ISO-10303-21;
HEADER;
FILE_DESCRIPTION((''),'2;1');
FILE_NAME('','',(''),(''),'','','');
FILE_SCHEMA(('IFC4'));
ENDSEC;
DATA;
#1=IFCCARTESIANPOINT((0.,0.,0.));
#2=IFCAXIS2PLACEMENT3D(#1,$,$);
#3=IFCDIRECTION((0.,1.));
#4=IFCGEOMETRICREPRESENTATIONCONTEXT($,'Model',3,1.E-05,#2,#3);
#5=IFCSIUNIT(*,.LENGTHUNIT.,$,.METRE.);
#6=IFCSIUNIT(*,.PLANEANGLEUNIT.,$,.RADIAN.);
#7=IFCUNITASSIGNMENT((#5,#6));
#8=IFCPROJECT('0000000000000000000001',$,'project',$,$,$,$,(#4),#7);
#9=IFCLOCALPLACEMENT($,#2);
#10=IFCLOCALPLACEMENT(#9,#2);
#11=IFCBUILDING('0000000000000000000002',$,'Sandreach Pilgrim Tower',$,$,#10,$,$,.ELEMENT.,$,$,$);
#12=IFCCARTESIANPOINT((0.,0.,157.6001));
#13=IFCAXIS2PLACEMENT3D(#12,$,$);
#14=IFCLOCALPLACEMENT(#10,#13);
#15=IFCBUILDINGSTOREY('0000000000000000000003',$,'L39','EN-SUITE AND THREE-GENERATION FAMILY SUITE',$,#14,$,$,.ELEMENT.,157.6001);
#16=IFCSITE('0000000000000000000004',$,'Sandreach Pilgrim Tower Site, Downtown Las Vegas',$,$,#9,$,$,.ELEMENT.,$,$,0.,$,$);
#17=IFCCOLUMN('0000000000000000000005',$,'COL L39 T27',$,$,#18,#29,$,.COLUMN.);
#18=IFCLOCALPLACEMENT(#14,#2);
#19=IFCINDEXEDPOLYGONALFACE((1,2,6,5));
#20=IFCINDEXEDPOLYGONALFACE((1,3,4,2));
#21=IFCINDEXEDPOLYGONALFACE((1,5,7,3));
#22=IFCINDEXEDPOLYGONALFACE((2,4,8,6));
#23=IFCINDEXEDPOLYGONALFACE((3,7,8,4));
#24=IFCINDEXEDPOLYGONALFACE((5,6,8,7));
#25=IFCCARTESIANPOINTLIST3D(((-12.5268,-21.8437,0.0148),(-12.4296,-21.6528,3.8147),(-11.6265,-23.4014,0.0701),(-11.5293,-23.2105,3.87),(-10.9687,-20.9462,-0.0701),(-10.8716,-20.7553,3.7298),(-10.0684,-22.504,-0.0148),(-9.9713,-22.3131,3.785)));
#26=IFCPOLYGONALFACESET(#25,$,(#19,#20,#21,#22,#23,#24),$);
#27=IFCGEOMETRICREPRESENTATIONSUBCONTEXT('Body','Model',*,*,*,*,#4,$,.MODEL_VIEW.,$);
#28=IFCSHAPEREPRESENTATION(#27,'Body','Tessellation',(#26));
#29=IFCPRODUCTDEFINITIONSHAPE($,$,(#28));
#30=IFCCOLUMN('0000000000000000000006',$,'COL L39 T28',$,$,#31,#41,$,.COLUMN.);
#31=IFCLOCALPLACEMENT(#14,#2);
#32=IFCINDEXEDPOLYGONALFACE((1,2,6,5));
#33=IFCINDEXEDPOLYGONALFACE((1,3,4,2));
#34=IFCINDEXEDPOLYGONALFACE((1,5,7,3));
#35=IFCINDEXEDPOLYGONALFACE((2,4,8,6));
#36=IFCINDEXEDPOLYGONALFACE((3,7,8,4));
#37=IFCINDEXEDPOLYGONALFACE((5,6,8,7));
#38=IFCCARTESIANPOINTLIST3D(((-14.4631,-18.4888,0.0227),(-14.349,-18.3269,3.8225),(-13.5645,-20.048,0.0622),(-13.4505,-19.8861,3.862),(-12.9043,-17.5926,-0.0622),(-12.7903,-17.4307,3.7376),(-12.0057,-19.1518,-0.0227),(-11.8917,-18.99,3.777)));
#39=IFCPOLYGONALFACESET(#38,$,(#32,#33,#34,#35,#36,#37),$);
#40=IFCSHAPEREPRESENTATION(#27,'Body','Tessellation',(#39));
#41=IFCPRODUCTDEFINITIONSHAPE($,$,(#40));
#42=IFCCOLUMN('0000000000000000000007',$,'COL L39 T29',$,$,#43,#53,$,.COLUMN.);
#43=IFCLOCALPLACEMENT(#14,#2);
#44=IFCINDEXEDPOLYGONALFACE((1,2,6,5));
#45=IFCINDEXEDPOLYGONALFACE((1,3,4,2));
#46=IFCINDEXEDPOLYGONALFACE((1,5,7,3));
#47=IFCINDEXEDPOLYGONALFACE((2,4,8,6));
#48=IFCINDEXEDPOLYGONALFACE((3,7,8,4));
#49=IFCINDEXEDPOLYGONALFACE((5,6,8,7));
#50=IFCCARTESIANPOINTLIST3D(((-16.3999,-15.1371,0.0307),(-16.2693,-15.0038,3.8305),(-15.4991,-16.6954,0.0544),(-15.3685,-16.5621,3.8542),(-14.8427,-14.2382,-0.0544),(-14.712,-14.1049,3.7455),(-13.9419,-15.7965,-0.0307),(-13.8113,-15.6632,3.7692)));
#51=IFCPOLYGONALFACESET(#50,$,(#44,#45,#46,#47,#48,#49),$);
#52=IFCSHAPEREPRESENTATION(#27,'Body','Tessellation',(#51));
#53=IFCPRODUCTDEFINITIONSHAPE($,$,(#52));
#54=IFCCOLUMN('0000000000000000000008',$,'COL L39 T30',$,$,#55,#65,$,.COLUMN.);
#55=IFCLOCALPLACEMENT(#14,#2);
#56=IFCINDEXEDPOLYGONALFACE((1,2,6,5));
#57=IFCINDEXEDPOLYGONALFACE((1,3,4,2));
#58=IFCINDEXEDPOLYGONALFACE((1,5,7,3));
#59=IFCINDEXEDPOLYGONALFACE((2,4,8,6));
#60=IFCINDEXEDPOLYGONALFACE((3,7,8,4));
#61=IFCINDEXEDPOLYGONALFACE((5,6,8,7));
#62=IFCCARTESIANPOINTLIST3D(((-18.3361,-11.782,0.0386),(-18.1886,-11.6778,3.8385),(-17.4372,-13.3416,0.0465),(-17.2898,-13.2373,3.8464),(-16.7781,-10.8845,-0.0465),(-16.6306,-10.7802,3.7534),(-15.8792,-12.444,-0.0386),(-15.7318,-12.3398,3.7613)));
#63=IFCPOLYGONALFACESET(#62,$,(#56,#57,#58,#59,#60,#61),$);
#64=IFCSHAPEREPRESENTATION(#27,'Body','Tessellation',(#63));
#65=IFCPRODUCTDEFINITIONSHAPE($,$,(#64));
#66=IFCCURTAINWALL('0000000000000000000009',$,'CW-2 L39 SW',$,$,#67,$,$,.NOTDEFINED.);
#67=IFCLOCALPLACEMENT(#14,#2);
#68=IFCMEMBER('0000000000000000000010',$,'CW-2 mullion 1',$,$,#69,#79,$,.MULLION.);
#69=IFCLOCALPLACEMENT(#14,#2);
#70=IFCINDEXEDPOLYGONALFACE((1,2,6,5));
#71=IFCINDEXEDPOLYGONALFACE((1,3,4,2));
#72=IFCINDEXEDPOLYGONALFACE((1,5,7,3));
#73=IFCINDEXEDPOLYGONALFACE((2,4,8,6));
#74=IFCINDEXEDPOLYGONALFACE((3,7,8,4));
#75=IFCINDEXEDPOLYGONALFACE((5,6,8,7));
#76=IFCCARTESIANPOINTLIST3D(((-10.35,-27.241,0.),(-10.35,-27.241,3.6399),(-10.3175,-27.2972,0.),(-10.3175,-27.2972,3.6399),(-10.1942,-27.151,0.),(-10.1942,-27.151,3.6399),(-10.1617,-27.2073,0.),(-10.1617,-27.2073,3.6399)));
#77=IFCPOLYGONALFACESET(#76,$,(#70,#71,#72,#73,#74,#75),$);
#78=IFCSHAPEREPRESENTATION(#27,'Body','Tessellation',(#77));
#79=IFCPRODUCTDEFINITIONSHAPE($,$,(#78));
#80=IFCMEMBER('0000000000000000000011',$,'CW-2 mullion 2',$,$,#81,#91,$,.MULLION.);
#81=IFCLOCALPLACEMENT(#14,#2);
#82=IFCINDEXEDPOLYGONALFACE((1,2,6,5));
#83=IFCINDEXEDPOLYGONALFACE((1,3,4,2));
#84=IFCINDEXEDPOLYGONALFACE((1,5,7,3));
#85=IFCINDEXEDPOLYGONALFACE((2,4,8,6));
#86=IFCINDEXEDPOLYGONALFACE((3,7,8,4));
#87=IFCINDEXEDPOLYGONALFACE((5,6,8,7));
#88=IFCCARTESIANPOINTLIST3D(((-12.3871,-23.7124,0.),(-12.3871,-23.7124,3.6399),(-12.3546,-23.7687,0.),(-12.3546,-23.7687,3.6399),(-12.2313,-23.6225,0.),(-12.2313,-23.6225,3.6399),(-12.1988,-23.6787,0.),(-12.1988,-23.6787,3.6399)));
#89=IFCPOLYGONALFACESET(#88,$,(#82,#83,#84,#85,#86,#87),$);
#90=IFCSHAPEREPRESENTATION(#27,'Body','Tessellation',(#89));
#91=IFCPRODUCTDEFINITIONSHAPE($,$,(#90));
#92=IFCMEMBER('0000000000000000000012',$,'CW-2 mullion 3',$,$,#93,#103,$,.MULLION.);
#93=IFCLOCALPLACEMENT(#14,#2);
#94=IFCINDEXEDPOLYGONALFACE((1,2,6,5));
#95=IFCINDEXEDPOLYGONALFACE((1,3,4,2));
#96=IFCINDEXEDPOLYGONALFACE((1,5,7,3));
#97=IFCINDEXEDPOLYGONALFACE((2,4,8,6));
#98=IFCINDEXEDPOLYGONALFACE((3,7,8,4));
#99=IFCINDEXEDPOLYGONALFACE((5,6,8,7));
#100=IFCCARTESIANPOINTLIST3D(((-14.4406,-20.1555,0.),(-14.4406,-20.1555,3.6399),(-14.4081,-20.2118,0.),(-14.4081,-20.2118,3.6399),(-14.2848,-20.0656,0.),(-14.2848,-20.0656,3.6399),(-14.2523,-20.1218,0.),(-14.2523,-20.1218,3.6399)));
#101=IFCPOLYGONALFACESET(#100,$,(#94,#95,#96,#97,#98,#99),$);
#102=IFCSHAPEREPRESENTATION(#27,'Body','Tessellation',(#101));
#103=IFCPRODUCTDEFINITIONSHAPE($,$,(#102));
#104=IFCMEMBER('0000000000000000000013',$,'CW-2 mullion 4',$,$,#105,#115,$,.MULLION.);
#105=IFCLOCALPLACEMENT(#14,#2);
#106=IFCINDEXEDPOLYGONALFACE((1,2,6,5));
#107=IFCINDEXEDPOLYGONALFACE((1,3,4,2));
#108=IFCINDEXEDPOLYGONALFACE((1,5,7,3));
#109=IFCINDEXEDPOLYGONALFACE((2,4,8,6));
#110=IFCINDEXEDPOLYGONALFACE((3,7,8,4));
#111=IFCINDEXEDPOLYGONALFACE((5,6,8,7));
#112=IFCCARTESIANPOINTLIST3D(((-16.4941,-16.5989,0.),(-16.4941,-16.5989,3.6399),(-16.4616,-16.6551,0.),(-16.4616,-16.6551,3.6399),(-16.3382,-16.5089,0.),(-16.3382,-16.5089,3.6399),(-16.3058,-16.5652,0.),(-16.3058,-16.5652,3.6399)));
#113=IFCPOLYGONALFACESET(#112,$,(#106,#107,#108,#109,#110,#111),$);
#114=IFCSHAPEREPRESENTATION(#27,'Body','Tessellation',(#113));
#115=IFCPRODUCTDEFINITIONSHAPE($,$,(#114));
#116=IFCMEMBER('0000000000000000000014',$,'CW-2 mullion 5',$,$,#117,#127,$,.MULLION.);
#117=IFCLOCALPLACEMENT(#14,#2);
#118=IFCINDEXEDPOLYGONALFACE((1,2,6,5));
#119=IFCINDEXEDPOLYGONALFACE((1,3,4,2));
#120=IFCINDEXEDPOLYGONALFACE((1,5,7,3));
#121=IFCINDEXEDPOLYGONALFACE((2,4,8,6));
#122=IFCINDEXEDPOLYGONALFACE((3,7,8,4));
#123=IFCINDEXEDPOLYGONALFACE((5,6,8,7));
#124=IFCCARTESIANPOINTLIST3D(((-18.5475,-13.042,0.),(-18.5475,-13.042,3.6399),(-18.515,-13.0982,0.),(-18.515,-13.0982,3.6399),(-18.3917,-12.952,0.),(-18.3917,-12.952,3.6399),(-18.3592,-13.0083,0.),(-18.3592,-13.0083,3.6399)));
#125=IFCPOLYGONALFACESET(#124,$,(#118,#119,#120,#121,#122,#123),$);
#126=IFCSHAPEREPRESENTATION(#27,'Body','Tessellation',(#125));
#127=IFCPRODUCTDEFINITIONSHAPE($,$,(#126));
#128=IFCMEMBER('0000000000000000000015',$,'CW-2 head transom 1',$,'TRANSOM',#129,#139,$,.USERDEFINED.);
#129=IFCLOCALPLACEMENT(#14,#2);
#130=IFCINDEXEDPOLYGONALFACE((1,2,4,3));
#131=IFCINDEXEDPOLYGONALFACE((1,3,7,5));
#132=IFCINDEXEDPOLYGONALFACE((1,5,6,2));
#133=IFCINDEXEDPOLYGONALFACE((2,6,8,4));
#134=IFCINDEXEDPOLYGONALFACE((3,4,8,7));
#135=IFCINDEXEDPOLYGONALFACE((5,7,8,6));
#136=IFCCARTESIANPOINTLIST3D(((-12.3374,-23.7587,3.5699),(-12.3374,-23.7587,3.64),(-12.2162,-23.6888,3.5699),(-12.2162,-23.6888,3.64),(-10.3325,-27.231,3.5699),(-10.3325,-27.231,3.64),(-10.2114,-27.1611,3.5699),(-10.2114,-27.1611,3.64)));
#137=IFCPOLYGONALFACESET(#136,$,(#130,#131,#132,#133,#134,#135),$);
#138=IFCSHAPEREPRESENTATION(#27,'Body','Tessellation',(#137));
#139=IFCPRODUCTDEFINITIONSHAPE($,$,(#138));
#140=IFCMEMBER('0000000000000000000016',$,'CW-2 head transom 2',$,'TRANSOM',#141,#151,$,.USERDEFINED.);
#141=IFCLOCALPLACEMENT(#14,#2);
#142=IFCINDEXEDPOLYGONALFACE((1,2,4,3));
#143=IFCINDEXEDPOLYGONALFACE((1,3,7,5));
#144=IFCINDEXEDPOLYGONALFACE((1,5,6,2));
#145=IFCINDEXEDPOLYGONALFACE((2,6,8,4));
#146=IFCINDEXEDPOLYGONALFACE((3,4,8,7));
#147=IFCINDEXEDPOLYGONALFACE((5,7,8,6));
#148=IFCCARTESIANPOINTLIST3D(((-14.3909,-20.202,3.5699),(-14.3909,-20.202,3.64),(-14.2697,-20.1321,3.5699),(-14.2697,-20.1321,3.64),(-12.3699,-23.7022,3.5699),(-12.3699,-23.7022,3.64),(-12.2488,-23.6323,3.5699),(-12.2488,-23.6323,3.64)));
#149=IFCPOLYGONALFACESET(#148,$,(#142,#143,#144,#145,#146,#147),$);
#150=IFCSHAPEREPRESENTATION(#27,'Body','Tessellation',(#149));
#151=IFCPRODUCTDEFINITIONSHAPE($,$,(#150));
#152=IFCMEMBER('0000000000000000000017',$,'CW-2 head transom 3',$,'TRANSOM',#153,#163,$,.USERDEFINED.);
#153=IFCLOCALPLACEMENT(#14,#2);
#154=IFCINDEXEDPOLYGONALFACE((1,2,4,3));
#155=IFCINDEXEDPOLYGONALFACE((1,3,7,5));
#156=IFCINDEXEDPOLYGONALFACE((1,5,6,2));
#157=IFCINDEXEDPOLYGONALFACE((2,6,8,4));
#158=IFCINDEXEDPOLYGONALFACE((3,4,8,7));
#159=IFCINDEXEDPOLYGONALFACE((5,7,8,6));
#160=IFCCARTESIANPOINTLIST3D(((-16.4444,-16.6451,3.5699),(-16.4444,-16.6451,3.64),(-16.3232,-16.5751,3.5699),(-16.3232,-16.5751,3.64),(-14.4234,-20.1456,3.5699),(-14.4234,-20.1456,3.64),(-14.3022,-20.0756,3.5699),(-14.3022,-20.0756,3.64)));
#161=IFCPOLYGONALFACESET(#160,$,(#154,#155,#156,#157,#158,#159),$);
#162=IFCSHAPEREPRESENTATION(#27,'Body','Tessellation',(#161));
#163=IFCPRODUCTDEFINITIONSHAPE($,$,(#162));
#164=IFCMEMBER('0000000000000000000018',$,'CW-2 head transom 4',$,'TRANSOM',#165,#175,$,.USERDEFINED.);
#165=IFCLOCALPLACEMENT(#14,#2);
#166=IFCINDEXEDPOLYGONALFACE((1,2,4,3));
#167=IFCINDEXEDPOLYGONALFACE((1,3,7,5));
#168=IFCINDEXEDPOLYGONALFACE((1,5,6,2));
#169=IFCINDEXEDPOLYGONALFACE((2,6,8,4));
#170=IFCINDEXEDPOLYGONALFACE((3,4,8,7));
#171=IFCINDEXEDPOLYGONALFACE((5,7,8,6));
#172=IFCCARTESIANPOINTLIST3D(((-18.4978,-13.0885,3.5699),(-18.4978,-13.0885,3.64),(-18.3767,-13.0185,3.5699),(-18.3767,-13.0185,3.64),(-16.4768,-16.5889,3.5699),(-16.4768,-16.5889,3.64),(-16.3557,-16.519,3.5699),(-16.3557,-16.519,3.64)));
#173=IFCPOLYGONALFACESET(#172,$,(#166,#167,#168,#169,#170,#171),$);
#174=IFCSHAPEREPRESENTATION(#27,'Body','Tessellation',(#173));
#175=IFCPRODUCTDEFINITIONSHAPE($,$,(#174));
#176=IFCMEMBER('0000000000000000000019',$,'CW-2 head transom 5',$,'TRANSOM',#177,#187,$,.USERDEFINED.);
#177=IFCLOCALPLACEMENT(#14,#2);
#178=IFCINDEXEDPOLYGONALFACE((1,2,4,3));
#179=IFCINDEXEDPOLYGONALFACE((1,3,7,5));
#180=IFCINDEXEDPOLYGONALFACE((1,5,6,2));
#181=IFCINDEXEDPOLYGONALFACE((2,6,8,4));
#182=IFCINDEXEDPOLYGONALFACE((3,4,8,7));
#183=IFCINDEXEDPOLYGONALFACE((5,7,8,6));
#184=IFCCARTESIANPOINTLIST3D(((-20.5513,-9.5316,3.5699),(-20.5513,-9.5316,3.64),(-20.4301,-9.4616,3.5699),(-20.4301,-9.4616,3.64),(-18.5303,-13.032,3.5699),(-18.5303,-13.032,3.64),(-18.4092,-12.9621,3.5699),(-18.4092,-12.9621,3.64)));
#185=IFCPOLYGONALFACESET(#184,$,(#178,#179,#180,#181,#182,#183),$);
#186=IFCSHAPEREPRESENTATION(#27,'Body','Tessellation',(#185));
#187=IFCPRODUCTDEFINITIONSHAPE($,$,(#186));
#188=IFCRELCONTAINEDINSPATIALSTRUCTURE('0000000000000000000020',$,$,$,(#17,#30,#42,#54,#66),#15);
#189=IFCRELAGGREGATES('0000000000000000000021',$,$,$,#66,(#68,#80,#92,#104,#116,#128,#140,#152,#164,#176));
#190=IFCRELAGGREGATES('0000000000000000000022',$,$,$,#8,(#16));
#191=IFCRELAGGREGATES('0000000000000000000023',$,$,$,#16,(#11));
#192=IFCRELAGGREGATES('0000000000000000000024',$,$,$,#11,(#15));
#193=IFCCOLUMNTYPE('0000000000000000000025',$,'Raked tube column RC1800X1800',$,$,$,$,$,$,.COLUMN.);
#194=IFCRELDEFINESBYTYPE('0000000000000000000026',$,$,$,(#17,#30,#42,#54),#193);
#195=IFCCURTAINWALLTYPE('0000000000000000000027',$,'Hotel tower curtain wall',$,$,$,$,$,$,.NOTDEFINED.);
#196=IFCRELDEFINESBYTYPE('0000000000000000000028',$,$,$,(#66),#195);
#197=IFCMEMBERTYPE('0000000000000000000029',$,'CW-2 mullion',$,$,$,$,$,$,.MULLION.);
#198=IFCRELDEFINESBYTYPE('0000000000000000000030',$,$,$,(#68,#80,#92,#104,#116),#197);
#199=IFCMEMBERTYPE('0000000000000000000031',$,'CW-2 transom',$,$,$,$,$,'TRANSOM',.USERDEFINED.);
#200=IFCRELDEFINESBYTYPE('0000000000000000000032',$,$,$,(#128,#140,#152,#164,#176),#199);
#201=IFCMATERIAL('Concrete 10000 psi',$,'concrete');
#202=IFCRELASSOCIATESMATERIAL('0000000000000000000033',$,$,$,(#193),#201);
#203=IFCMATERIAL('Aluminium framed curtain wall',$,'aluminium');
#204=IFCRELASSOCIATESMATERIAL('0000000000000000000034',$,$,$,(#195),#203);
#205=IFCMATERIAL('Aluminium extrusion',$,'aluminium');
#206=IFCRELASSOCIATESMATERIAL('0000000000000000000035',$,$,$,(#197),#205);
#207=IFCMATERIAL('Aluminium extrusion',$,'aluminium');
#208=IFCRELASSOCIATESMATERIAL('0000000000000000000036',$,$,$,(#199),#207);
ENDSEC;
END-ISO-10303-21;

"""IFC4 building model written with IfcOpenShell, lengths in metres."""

from ifc_helpers import new_model, si_unit, direction, frame, origin, origin_2d, place, context, subcontext, project, spatial, rectangle, extrude, material, material_profile, profile_set, type_object, element, aggregate, save


model = new_model("IFC4")

# Units and contexts
model_context = context("Model", 3, precision=1e-05, world=origin(), true_north=direction((0.0, 1.0)))
body_context = subcontext(model_context, "Body", "Model", "MODEL_VIEW")
ifc_project = project(units=[si_unit("LENGTHUNIT", "METRE"), si_unit("PLANEANGLEUNIT", "RADIAN")], contexts=[model_context])

# Site, building, storey
site_placement = place(None, origin())
site = spatial("IfcSite", under=ifc_project, at=site_placement, Name="Sandreach Pilgrim Tower Site, Downtown Las Vegas", CompositionType="ELEMENT", RefElevation=0.0)
building_placement = place(site_placement, origin())
building = spatial("IfcBuilding", under=site, at=building_placement, Name="Sandreach Pilgrim Tower", CompositionType="ELEMENT")
storey_placement = place(building_placement, frame((0.0, 0.0, 157.6001)))
storey = spatial("IfcBuildingStorey", under=building, at=storey_placement, Name="L39", Description="EN-SUITE AND THREE-GENERATION FAMILY SUITE", CompositionType="ELEMENT", Elevation=157.6001)

# Columns
ifc_material_1 = material(Name="Concrete 10000 psi", Category="concrete")
ifc_material_profile_1 = material_profile(ifc_material_1, rectangle(XDim=1.8, YDim=1.8, at=origin_2d()), Name="RC1800X1800")
ifc_profile_set_1 = profile_set([ifc_material_profile_1], Name="Concrete 10000 psi")
column_type = type_object("IfcColumnType", Name="Raked tube column RC1800X1800", PredefinedType="COLUMN", material=ifc_profile_set_1)
column_1_placement = place(storey_placement, frame((-11.2976, -22.1738, 0.0), z_axis=(0.025531, 0.050164, 0.998415), x_axis=(-0.865565, -0.498569, 0.047184)))
element("IfcColumn", 1, at=column_1_placement, inside=storey, type_object=column_type, Name="COL L39 T27", PredefinedType="COLUMN", context=body_context, shape_type="SweptSolid", body=[
    extrude(rectangle(XDim=1.8, YDim=1.8, at=origin_2d()), origin(), (0.0, 0.0, 1.0), 3.8059),
])
column_2_placement = place(storey_placement, frame((-13.2344, -18.8203, 0.0), z_axis=(0.029964, 0.042541, 0.998645), x_axis=(-0.865973, -0.49786, 0.047192)))
element("IfcColumn", 2, at=column_2_placement, inside=storey, type_object=column_type, Name="COL L39 T28", PredefinedType="COLUMN", context=body_context, shape_type="SweptSolid", body=[
    extrude(rectangle(XDim=1.8, YDim=1.8, at=origin_2d()), origin(), (0.0, 0.0, 1.0), 3.8049),
])
column_3_placement = place(storey_placement, frame((-15.1709, -15.4668, 0.0), z_axis=(0.034333, 0.035039, 0.998796), x_axis=(-0.86511, -0.499351, 0.047255)))
element("IfcColumn", 3, at=column_3_placement, inside=storey, type_object=column_type, Name="COL L39 T29", PredefinedType="COLUMN", context=body_context, shape_type="SweptSolid", body=[
    extrude(rectangle(XDim=1.8, YDim=1.8, at=origin_2d()), origin(), (0.0, 0.0, 1.0), 3.8044),
])
column_4_placement = place(storey_placement, frame((-17.1077, -12.113, 0.0), z_axis=(0.038764, 0.027404, 0.998873), x_axis=(-0.865526, -0.498628, 0.047269)))
element("IfcColumn", 4, at=column_4_placement, inside=storey, type_object=column_type, Name="COL L39 T30", PredefinedType="COLUMN", context=body_context, shape_type="SweptSolid", body=[
    extrude(rectangle(XDim=1.8, YDim=1.8, at=origin_2d()), origin(), (0.0, 0.0, 1.0), 3.8042),
])

# Curtain wall, members
ifc_material_2 = material(Name="Aluminium framed curtain wall", Category="aluminium")
curtain_wall_type = type_object("IfcCurtainWallType", Name="Hotel tower curtain wall", PredefinedType="NOTDEFINED", material=ifc_material_2)
curtain_wall_placement = place(storey_placement, origin())
curtain_wall = element("IfcCurtainWall", 5, at=curtain_wall_placement, inside=storey, type_object=curtain_wall_type, Name="CW-2 L39 SW", PredefinedType="NOTDEFINED")
ifc_material_3 = material(Name="Aluminium extrusion", Category="aluminium")
ifc_material_profile_2 = material_profile(ifc_material_3, rectangle(XDim=0.0649, YDim=0.1799, at=origin_2d()), Name="CW-2M 65X180")
ifc_profile_set_2 = profile_set([ifc_material_profile_2], Name="Aluminium extrusion")
member_type_1 = type_object("IfcMemberType", Name="CW-2 mullion", PredefinedType="MULLION", material=ifc_profile_set_2)
member_1_placement = place(storey_placement, frame((-10.2559, -27.2241, 0.0), z_axis=(0.0, 0.0, 1.0), x_axis=(-0.5, 0.866025, 0.0)))
member_1 = element("IfcMember", 6, at=member_1_placement, type_object=member_type_1, Name="CW-2 mullion 1", PredefinedType="MULLION", context=body_context, shape_type="SweptSolid", body=[
    extrude(rectangle(XDim=0.0649, YDim=0.1799, at=origin_2d()), origin(), (0.0, 0.0, 1.0), 3.6399),
])
member_2_placement = place(storey_placement, frame((-12.293, -23.6956, 0.0), z_axis=(0.0, 0.0, 1.0), x_axis=(-0.5, 0.866025, 0.0)))
member_2 = element("IfcMember", 7, at=member_2_placement, type_object=member_type_1, Name="CW-2 mullion 2", PredefinedType="MULLION", context=body_context, shape_type="SweptSolid", body=[
    extrude(rectangle(XDim=0.0649, YDim=0.1799, at=origin_2d()), origin(), (0.0, 0.0, 1.0), 3.6399),
])
member_3_placement = place(storey_placement, frame((-14.3464, -20.1387, 0.0), z_axis=(0.0, 0.0, 1.0), x_axis=(-0.5, 0.866025, 0.0)))
member_3 = element("IfcMember", 8, at=member_3_placement, type_object=member_type_1, Name="CW-2 mullion 3", PredefinedType="MULLION", context=body_context, shape_type="SweptSolid", body=[
    extrude(rectangle(XDim=0.0649, YDim=0.1799, at=origin_2d()), origin(), (0.0, 0.0, 1.0), 3.6399),
])
member_4_placement = place(storey_placement, frame((-16.3999, -16.582, 0.0), z_axis=(0.0, 0.0, 1.0), x_axis=(-0.5, 0.866025, 0.0)))
member_4 = element("IfcMember", 9, at=member_4_placement, type_object=member_type_1, Name="CW-2 mullion 4", PredefinedType="MULLION", context=body_context, shape_type="SweptSolid", body=[
    extrude(rectangle(XDim=0.0649, YDim=0.1799, at=origin_2d()), origin(), (0.0, 0.0, 1.0), 3.6399),
])
member_5_placement = place(storey_placement, frame((-18.4534, -13.0251, 0.0), z_axis=(0.0, 0.0, 1.0), x_axis=(-0.5, 0.866025, 0.0)))
member_5 = element("IfcMember", 10, at=member_5_placement, type_object=member_type_1, Name="CW-2 mullion 5", PredefinedType="MULLION", context=body_context, shape_type="SweptSolid", body=[
    extrude(rectangle(XDim=0.0649, YDim=0.1799, at=origin_2d()), origin(), (0.0, 0.0, 1.0), 3.6399),
])
ifc_material_4 = material(Name="Aluminium extrusion", Category="aluminium")
ifc_material_profile_3 = material_profile(ifc_material_4, rectangle(XDim=0.1399, YDim=0.0701, at=origin_2d()), Name="CW-2T 140X70")
ifc_profile_set_3 = profile_set([ifc_material_profile_3], Name="Aluminium extrusion")
member_type_2 = type_object("IfcMemberType", Name="CW-2 transom", ElementType="TRANSOM", PredefinedType="USERDEFINED", material=ifc_profile_set_3)
member_6_placement = place(storey_placement, frame((-10.272, -27.196, 3.605), z_axis=(-0.500016, 0.866016, 0.0), x_axis=(-0.866016, -0.500016, 0.0)))
member_6 = element("IfcMember", 11, at=member_6_placement, type_object=member_type_2, Name="CW-2 head transom 1", ObjectType="TRANSOM", PredefinedType="USERDEFINED", context=body_context, shape_type="SweptSolid", body=[
    extrude(rectangle(XDim=0.1399, YDim=0.0701, at=origin_2d()), origin(), (0.0, 0.0, 1.0), 4.0095),
])
member_7_placement = place(storey_placement, frame((-12.3093, -23.6672, 3.605), z_axis=(-0.500024, 0.866012, 0.0), x_axis=(-0.866012, -0.500024, 0.0)))
member_7 = element("IfcMember", 12, at=member_7_placement, type_object=member_type_2, Name="CW-2 head transom 2", ObjectType="TRANSOM", PredefinedType="USERDEFINED", context=body_context, shape_type="SweptSolid", body=[
    extrude(rectangle(XDim=0.1399, YDim=0.0701, at=origin_2d()), origin(), (0.0, 0.0, 1.0), 4.0417),
])
member_8_placement = place(storey_placement, frame((-14.3628, -20.1106, 3.605), z_axis=(-0.499998, 0.866027, 0.0), x_axis=(-0.866027, -0.499998, 0.0)))
member_8 = element("IfcMember", 13, at=member_8_placement, type_object=member_type_2, Name="CW-2 head transom 3", ObjectType="TRANSOM", PredefinedType="USERDEFINED", context=body_context, shape_type="SweptSolid", body=[
    extrude(rectangle(XDim=0.1399, YDim=0.0701, at=origin_2d()), origin(), (0.0, 0.0, 1.0), 4.042),
])
member_9_placement = place(storey_placement, frame((-16.4163, -16.554, 3.605), z_axis=(-0.499998, 0.866027, 0.0), x_axis=(-0.866027, -0.499998, 0.0)))
member_9 = element("IfcMember", 14, at=member_9_placement, type_object=member_type_2, Name="CW-2 head transom 4", ObjectType="TRANSOM", PredefinedType="USERDEFINED", context=body_context, shape_type="SweptSolid", body=[
    extrude(rectangle(XDim=0.1399, YDim=0.0701, at=origin_2d()), origin(), (0.0, 0.0, 1.0), 4.042),
])
member_10_placement = place(storey_placement, frame((-18.4697, -12.9971, 3.605), z_axis=(-0.499998, 0.866027, 0.0), x_axis=(-0.866027, -0.499998, 0.0)))
member_10 = element("IfcMember", 15, at=member_10_placement, type_object=member_type_2, Name="CW-2 head transom 5", ObjectType="TRANSOM", PredefinedType="USERDEFINED", context=body_context, shape_type="SweptSolid", body=[
    extrude(rectangle(XDim=0.1399, YDim=0.0701, at=origin_2d()), origin(), (0.0, 0.0, 1.0), 4.042),
])

aggregate(curtain_wall, [member_1, member_2, member_3, member_4, member_5, member_6, member_7, member_8, member_9, member_10])

save(model, "model.ifc")
